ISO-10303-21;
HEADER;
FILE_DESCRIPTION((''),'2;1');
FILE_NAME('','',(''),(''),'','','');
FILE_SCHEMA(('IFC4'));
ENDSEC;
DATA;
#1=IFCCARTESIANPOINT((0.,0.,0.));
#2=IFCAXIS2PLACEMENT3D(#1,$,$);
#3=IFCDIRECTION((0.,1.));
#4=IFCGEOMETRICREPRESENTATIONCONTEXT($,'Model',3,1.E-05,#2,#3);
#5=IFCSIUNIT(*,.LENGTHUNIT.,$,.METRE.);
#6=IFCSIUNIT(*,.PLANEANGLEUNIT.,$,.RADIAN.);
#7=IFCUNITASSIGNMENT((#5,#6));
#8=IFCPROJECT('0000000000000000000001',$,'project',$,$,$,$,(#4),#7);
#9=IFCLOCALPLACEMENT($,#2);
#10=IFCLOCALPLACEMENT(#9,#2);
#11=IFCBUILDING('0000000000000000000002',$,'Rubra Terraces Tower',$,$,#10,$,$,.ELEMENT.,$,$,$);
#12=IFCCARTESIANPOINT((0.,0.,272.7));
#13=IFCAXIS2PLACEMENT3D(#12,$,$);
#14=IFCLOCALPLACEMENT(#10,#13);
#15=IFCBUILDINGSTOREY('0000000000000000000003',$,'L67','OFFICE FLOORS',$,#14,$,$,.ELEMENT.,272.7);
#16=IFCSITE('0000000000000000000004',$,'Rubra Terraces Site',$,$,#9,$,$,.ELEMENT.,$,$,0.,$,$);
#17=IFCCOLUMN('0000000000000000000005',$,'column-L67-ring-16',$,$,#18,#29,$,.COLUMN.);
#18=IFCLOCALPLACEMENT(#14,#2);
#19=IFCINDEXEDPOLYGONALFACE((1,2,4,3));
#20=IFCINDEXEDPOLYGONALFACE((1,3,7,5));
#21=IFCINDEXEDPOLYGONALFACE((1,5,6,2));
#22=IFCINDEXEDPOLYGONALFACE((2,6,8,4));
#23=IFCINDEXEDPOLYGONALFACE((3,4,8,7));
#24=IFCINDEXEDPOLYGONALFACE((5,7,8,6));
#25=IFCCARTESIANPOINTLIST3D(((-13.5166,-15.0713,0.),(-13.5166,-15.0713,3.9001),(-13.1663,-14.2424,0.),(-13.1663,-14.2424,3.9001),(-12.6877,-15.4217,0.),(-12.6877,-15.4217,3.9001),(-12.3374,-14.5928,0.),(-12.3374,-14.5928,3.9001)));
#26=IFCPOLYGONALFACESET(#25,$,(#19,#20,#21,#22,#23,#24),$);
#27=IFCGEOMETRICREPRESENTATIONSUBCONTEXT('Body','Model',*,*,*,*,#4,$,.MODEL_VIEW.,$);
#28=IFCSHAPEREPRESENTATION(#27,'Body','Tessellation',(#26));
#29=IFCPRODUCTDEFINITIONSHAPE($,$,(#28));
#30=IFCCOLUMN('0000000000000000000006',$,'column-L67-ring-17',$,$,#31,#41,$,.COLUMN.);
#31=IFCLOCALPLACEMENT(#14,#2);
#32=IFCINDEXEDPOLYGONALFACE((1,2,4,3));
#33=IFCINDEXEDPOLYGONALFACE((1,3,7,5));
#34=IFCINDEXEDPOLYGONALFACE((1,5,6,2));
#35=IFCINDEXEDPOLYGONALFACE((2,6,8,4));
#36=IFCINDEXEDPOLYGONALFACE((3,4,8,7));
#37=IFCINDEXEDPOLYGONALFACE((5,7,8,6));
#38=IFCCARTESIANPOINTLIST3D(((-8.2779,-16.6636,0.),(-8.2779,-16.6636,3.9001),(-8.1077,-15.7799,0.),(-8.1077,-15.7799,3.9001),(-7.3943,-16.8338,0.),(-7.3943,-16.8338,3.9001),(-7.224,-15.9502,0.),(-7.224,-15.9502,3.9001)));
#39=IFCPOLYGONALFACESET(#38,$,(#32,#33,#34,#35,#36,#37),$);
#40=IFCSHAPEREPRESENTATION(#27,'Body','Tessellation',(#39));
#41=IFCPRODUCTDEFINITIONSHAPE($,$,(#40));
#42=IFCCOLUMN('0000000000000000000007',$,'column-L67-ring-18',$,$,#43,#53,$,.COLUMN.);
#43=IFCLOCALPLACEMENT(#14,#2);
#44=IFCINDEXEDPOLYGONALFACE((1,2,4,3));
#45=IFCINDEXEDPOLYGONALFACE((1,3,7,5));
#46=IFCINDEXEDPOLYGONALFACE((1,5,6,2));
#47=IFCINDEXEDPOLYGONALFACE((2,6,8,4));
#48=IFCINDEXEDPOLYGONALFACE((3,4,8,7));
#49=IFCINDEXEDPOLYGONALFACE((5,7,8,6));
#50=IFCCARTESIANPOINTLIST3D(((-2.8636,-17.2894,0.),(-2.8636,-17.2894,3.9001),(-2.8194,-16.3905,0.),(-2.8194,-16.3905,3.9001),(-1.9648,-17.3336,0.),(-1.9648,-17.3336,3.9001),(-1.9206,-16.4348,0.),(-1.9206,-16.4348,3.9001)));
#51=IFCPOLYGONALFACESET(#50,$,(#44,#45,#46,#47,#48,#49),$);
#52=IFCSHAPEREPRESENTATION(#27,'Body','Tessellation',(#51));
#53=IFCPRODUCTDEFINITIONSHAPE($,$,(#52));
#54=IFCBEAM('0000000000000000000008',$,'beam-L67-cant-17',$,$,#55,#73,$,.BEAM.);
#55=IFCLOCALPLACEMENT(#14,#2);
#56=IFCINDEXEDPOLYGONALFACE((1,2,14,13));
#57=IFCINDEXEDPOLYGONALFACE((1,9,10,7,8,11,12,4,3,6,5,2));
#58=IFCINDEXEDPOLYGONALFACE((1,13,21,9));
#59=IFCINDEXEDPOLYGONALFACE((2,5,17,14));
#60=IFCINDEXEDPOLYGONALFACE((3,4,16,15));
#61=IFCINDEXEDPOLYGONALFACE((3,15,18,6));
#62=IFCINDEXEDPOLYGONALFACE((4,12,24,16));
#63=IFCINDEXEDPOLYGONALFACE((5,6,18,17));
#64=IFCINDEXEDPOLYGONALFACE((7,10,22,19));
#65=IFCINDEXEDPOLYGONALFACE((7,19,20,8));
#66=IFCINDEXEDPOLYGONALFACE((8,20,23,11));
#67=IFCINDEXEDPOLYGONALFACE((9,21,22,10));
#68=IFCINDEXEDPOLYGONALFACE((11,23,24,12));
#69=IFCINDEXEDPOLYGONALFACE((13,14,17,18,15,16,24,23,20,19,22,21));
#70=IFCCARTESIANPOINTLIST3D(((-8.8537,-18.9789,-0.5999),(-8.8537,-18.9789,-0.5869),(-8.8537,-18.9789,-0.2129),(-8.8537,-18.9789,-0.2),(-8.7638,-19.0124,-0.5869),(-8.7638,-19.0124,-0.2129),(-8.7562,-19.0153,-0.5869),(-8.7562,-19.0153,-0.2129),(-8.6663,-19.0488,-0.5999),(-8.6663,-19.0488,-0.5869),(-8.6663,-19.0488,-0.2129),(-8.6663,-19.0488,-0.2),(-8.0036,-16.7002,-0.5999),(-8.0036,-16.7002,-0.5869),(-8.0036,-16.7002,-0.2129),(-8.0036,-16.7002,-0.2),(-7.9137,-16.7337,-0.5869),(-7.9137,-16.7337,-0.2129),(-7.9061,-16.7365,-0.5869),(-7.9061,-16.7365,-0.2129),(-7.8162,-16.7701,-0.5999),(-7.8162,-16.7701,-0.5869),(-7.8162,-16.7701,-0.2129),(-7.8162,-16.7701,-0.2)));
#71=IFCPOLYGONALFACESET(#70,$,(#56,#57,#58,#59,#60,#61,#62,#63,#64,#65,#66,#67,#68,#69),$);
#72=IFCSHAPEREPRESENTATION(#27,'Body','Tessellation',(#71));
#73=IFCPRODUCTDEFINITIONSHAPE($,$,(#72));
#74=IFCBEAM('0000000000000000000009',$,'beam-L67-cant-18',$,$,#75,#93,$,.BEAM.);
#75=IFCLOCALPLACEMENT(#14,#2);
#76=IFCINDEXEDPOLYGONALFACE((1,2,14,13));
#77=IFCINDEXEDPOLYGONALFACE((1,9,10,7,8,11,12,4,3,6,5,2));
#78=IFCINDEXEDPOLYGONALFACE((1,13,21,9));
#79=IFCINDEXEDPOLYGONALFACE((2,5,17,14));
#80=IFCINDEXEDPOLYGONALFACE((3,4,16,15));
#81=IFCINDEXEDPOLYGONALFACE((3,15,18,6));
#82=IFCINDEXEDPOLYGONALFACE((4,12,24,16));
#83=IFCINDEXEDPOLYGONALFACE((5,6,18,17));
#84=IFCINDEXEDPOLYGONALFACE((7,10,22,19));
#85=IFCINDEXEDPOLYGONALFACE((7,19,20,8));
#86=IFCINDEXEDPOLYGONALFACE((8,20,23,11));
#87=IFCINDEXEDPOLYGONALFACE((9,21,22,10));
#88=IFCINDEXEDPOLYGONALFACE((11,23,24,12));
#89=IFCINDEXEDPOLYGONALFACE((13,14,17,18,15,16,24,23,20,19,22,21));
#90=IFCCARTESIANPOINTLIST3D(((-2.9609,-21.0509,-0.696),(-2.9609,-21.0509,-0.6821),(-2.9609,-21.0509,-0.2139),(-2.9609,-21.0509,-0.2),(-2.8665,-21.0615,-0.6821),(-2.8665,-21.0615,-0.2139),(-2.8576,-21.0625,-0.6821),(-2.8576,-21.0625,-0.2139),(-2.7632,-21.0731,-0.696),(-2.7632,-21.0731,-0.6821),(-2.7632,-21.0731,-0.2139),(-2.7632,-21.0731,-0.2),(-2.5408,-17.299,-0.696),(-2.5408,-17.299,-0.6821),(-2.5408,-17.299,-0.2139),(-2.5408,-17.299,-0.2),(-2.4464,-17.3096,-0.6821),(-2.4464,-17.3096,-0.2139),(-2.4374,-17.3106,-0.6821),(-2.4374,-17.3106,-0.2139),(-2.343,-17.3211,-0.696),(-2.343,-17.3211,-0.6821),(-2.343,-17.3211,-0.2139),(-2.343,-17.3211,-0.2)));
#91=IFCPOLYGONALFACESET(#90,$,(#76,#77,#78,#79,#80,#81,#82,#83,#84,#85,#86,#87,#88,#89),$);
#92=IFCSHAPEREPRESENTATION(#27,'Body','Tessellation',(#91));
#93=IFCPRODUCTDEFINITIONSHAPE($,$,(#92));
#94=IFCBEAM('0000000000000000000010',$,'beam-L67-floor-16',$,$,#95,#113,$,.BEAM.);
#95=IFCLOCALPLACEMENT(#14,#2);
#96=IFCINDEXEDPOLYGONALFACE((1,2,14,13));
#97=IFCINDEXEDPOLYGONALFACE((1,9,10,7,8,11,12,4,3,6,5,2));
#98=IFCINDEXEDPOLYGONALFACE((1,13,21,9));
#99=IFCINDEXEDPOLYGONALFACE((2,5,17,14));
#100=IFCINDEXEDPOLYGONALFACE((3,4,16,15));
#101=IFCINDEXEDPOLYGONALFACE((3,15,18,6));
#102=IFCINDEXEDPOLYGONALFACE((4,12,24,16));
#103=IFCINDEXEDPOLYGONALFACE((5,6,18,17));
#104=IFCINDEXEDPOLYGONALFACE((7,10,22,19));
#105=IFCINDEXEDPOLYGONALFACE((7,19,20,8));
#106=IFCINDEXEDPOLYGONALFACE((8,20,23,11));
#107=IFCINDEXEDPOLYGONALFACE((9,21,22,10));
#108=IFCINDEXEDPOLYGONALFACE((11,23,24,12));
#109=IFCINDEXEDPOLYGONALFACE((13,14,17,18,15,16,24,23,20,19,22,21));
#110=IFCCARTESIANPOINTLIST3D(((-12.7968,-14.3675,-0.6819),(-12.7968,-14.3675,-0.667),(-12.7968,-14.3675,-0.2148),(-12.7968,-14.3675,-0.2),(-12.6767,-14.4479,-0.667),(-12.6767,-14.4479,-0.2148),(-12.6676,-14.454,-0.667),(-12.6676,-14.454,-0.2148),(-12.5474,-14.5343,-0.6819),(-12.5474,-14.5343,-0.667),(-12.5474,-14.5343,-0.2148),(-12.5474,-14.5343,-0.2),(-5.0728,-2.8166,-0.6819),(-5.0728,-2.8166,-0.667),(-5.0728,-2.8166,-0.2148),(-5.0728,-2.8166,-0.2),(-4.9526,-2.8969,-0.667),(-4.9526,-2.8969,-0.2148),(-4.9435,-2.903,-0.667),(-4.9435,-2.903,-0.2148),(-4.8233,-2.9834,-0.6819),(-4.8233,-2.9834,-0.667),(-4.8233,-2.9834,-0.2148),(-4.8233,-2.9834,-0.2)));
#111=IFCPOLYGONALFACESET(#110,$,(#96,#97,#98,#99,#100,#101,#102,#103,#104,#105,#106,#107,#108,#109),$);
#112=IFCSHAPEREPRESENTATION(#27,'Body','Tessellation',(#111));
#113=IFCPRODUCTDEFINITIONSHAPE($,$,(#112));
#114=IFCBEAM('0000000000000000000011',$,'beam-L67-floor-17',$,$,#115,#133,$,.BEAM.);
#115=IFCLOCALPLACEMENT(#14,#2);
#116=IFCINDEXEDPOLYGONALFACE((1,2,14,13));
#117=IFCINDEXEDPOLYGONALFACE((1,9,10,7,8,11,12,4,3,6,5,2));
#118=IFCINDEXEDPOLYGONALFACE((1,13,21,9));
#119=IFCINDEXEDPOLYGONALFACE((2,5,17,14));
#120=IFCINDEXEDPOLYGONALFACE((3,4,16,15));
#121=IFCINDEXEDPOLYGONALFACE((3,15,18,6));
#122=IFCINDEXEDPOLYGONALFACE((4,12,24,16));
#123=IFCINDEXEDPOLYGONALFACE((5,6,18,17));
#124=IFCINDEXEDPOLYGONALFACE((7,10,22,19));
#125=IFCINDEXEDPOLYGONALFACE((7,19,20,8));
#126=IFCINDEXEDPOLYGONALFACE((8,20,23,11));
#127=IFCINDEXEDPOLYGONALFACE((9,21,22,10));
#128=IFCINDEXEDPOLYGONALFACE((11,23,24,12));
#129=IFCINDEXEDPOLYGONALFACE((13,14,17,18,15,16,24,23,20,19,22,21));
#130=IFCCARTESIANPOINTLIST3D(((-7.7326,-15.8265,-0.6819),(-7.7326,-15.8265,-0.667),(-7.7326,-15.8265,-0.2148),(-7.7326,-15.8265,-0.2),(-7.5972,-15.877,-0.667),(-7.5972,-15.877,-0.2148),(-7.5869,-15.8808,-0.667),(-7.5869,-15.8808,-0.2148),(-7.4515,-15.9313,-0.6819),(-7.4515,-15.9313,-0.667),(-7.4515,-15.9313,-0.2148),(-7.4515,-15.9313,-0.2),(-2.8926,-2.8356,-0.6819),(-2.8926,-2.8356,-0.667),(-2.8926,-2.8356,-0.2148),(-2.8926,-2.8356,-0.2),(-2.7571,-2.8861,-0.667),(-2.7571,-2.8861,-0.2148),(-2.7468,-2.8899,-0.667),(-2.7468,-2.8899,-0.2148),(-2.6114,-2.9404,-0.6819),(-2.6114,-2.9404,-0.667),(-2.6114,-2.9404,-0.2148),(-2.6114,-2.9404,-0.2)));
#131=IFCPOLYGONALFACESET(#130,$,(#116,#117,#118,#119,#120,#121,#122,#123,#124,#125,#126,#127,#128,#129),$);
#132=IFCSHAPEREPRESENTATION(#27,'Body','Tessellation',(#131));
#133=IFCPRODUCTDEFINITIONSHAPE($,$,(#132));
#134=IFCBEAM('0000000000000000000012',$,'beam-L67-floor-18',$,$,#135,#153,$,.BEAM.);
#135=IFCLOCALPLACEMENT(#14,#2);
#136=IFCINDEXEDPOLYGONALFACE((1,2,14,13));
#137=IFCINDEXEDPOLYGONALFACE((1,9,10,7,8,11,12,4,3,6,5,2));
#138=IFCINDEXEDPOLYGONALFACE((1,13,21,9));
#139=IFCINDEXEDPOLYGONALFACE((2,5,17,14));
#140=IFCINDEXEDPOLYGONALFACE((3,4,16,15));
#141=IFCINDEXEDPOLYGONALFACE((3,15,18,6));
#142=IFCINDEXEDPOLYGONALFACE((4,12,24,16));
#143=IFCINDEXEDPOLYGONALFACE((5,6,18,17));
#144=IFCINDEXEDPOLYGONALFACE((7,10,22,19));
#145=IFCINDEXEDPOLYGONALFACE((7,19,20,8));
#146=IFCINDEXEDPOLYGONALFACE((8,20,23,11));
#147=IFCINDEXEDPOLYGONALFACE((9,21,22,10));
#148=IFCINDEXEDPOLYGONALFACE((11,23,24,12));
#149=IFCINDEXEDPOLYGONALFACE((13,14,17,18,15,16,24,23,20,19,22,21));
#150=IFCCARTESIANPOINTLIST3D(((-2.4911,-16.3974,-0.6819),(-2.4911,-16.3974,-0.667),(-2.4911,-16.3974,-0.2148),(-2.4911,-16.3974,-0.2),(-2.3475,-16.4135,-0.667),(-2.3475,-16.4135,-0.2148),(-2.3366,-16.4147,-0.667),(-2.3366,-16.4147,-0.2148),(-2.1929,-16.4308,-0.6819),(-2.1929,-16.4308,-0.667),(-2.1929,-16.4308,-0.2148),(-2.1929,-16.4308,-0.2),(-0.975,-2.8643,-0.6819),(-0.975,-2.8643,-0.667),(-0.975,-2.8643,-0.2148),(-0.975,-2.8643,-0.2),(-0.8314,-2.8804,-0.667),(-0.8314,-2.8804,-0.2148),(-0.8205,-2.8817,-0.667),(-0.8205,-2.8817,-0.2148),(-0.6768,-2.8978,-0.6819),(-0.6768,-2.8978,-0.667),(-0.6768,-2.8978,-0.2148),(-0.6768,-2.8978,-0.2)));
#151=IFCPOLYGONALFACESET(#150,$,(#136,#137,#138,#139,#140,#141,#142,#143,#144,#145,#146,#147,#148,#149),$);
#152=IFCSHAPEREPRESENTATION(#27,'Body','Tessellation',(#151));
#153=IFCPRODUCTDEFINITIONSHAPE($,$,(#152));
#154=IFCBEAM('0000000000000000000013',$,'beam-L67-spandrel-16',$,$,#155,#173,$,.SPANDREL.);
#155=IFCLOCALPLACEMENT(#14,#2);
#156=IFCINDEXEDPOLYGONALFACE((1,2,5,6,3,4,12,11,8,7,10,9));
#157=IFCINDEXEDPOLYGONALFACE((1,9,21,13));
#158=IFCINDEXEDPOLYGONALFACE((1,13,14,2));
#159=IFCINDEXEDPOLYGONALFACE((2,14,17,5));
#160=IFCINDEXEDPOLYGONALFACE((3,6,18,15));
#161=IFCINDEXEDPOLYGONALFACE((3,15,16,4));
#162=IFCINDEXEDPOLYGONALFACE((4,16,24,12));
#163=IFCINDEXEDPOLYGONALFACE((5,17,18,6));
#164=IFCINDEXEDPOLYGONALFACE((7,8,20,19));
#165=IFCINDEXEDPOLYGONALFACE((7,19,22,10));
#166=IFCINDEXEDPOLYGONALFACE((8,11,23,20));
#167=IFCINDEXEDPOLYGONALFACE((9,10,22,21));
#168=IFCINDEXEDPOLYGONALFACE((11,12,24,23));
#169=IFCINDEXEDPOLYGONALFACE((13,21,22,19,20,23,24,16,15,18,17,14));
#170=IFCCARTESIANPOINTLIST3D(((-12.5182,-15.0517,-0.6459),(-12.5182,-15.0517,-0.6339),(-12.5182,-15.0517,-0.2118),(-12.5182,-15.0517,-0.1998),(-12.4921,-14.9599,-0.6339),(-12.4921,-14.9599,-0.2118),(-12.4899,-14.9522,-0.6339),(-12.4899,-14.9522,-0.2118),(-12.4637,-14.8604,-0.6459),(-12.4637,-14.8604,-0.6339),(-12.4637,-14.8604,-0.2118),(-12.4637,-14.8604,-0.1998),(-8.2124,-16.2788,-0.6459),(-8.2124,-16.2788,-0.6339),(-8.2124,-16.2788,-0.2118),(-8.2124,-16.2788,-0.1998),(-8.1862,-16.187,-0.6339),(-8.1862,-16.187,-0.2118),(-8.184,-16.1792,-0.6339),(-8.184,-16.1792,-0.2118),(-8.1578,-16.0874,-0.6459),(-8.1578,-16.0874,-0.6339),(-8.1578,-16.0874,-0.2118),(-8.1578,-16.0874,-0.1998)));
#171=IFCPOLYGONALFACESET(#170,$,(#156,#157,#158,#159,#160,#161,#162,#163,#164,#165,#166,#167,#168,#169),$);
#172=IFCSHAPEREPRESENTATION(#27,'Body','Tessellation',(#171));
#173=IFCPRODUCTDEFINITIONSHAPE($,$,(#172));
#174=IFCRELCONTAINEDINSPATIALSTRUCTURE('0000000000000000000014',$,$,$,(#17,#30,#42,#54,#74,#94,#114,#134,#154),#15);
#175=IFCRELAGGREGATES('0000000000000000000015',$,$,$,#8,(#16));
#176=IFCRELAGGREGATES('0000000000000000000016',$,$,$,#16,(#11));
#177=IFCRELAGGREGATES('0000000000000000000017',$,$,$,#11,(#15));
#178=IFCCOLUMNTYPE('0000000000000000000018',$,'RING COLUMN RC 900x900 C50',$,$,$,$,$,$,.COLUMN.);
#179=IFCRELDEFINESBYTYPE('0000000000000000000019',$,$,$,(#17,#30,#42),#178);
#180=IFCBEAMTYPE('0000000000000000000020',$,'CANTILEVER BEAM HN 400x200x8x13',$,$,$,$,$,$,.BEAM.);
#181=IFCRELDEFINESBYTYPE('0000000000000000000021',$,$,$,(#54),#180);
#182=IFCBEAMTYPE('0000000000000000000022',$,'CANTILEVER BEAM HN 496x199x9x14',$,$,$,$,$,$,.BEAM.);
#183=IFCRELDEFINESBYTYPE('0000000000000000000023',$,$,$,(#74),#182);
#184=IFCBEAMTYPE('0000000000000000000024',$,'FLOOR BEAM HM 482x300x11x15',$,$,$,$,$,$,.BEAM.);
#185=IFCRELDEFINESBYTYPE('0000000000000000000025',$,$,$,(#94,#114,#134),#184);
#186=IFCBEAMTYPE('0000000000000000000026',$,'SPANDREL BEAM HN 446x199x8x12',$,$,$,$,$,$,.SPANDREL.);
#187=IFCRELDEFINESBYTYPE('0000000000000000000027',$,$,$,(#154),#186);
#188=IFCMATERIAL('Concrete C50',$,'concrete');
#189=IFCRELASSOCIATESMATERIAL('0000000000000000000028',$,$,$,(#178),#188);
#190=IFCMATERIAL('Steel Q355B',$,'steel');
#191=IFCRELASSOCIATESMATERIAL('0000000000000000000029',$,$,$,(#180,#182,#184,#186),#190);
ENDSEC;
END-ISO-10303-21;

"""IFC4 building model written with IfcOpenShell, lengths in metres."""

from ifc_helpers import new_model, si_unit, direction, frame, origin, origin_2d, place, context, subcontext, project, spatial, rectangle, i_section, extrude, material, material_profile, profile_set, type_object, element, save


model = new_model("IFC4")

# Units and contexts
model_context = context("Model", 3, precision=1e-05, world=origin(), true_north=direction((0.0, 1.0)))
body_context = subcontext(model_context, "Body", "Model", "MODEL_VIEW")
ifc_project = project(units=[si_unit("LENGTHUNIT", "METRE"), si_unit("PLANEANGLEUNIT", "RADIAN")], contexts=[model_context])

# Site, building, storey
site_placement = place(None, origin())
site = spatial("IfcSite", under=ifc_project, at=site_placement, Name="Rubra Terraces Site", CompositionType="ELEMENT", RefElevation=0.0)
building_placement = place(site_placement, origin())
building = spatial("IfcBuilding", under=site, at=building_placement, Name="Rubra Terraces Tower", CompositionType="ELEMENT")
storey_placement = place(building_placement, frame((0.0, 0.0, 272.7)))
storey = spatial("IfcBuildingStorey", under=building, at=storey_placement, Name="L67", Description="OFFICE FLOORS", CompositionType="ELEMENT", Elevation=272.7)

# Columns
ifc_material_1 = material(Name="Concrete C50", Category="concrete")
ifc_material_profile_1 = material_profile(ifc_material_1, rectangle(XDim=0.8999, YDim=0.8999, at=origin_2d()), Name="RC 900x900")
ifc_profile_set_1 = profile_set([ifc_material_profile_1], Name="Concrete C50")
column_type = type_object("IfcColumnType", Name="RING COLUMN RC 900x900 C50", PredefinedType="COLUMN", material=ifc_profile_set_1)
for number, where, z_axis, x_axis, name in (
    (1, (-12.927, -14.832, 0.0), (0.0, 0.0, 1.0), (0.921106, -0.389313, 0.0), "column-L67-ring-16"),
    (2, (-7.751, -16.3069, 0.0), (0.0, 0.0, 1.0), (0.981937, -0.18921, 0.0), "column-L67-ring-17"),
    (3, (-2.3921, -16.8621, 0.0), (0.0, 0.0, 1.0), (0.998791, -0.04915, 0.0), "column-L67-ring-18"),
):
    element("IfcColumn", number, at=place(storey_placement, frame(where, z_axis=z_axis, x_axis=x_axis)), inside=storey, type_object=column_type, Name=name, PredefinedType="COLUMN", context=body_context, shape_type="SweptSolid", body=[
        extrude(rectangle(XDim=0.8999, YDim=0.8999, at=origin_2d()), origin(), (0.0, 0.0, 1.0), 3.9001),
    ])

# Beams
ifc_material_2 = material(Name="Steel Q355B", Category="steel")
ifc_material_profile_2 = material_profile(ifc_material_2, i_section(OverallWidth=0.2, OverallDepth=0.3999, WebThickness=0.0081, FlangeThickness=0.0129, at=origin_2d()), Name="HN 400x200x8x13")
ifc_profile_set_2 = profile_set([ifc_material_profile_2], Name="Steel Q355B")
beam_type_1 = type_object("IfcBeamType", Name="CANTILEVER BEAM HN 400x200x8x13", PredefinedType="BEAM", material=ifc_profile_set_2)
beam_1_placement = place(storey_placement, frame((-7.9099, -16.7351, -0.3999), z_axis=(-0.349517, -0.93693, 0.0), x_axis=(0.93693, -0.349517, 0.0)))
element("IfcBeam", 4, at=beam_1_placement, inside=storey, type_object=beam_type_1, Name="beam-L67-cant-17", PredefinedType="BEAM", context=body_context, shape_type="SweptSolid", body=[
    extrude(i_section(OverallWidth=0.2, OverallDepth=0.3999, WebThickness=0.0081, FlangeThickness=0.0129, at=origin_2d()), origin(), (0.0, 0.0, 1.0), 2.4321),
])
ifc_material_profile_3 = material_profile(ifc_material_2, i_section(OverallWidth=0.199, OverallDepth=0.4961, WebThickness=0.009, FlangeThickness=0.0139, at=origin_2d()), Name="HN 496x199x9x14")
ifc_profile_set_3 = profile_set([ifc_material_profile_3], Name="Steel Q355B")
beam_type_2 = type_object("IfcBeamType", Name="CANTILEVER BEAM HN 496x199x9x14", PredefinedType="BEAM", material=ifc_profile_set_3)
beam_2_placement = place(storey_placement, frame((-2.4419, -17.3101, -0.448), z_axis=(-0.11129, -0.993788, 0.0), x_axis=(0.993788, -0.11129, 0.0)))
element("IfcBeam", 5, at=beam_2_placement, inside=storey, type_object=beam_type_2, Name="beam-L67-cant-18", PredefinedType="BEAM", context=body_context, shape_type="SweptSolid", body=[
    extrude(i_section(OverallWidth=0.199, OverallDepth=0.4961, WebThickness=0.009, FlangeThickness=0.0139, at=origin_2d()), origin(), (0.0, 0.0, 1.0), 3.7754),
])
ifc_material_profile_4 = material_profile(ifc_material_2, i_section(OverallWidth=0.3, OverallDepth=0.4819, WebThickness=0.011, FlangeThickness=0.0149, at=origin_2d()), Name="HM 482x300x11x15")
ifc_profile_set_4 = profile_set([ifc_material_profile_4], Name="Steel Q355B")
beam_type_3 = type_object("IfcBeamType", Name="FLOOR BEAM HM 482x300x11x15", PredefinedType="BEAM", material=ifc_profile_set_4)
beam_3_placement = place(storey_placement, frame((-12.6721, -14.4509, -0.4409), z_axis=(0.555867, 0.831271, 0.0), x_axis=(-0.831271, 0.555867, 0.0)))
element("IfcBeam", 6, at=beam_3_placement, inside=storey, type_object=beam_type_3, Name="beam-L67-floor-16", PredefinedType="BEAM", context=body_context, shape_type="SweptSolid", body=[
    extrude(i_section(OverallWidth=0.3, OverallDepth=0.4819, WebThickness=0.011, FlangeThickness=0.0149, at=origin_2d()), origin(), (0.0, 0.0, 1.0), 13.8955),
])
beam_4_placement = place(storey_placement, frame((-7.592, -15.8789, -0.4409), z_axis=(0.349129, 0.937075, 0.0), x_axis=(-0.937075, 0.349129, 0.0)))
element("IfcBeam", 7, at=beam_4_placement, inside=storey, type_object=beam_type_3, Name="beam-L67-floor-17", PredefinedType="BEAM", context=body_context, shape_type="SweptSolid", body=[
    extrude(i_section(OverallWidth=0.3, OverallDepth=0.4819, WebThickness=0.011, FlangeThickness=0.0149, at=origin_2d()), origin(), (0.0, 0.0, 1.0), 13.8633),
])
beam_5_placement = place(storey_placement, frame((-2.342, -16.4141, -0.4409), z_axis=(0.111335, 0.993783, 0.0), x_axis=(-0.993783, 0.111335, 0.0)))
element("IfcBeam", 8, at=beam_5_placement, inside=storey, type_object=beam_type_3, Name="beam-L67-floor-18", PredefinedType="BEAM", context=body_context, shape_type="SweptSolid", body=[
    extrude(i_section(OverallWidth=0.3, OverallDepth=0.4819, WebThickness=0.011, FlangeThickness=0.0149, at=origin_2d()), origin(), (0.0, 0.0, 1.0), 13.6177),
])
ifc_material_profile_5 = material_profile(ifc_material_2, i_section(OverallWidth=0.199, OverallDepth=0.446, WebThickness=0.0081, FlangeThickness=0.012, at=origin_2d()), Name="HN 446x199x8x12")
ifc_profile_set_5 = profile_set([ifc_material_profile_5], Name="Steel Q355B")
beam_type_4 = type_object("IfcBeamType", Name="SPANDREL BEAM HN 446x199x8x12", PredefinedType="SPANDREL", material=ifc_profile_set_5)
beam_6_placement = place(storey_placement, frame((-12.491, -14.9561, -0.4229), z_axis=(0.961713, -0.274058, 0.0), x_axis=(0.274058, 0.961713, 0.0)))
element("IfcBeam", 9, at=beam_6_placement, inside=storey, type_object=beam_type_4, Name="beam-L67-spandrel-16", PredefinedType="SPANDREL", context=body_context, shape_type="SweptSolid", body=[
    extrude(i_section(OverallWidth=0.199, OverallDepth=0.446, WebThickness=0.0081, FlangeThickness=0.012, at=origin_2d()), origin(), (0.0, 0.0, 1.0), 4.4773),
])

save(model, "model.ifc")
